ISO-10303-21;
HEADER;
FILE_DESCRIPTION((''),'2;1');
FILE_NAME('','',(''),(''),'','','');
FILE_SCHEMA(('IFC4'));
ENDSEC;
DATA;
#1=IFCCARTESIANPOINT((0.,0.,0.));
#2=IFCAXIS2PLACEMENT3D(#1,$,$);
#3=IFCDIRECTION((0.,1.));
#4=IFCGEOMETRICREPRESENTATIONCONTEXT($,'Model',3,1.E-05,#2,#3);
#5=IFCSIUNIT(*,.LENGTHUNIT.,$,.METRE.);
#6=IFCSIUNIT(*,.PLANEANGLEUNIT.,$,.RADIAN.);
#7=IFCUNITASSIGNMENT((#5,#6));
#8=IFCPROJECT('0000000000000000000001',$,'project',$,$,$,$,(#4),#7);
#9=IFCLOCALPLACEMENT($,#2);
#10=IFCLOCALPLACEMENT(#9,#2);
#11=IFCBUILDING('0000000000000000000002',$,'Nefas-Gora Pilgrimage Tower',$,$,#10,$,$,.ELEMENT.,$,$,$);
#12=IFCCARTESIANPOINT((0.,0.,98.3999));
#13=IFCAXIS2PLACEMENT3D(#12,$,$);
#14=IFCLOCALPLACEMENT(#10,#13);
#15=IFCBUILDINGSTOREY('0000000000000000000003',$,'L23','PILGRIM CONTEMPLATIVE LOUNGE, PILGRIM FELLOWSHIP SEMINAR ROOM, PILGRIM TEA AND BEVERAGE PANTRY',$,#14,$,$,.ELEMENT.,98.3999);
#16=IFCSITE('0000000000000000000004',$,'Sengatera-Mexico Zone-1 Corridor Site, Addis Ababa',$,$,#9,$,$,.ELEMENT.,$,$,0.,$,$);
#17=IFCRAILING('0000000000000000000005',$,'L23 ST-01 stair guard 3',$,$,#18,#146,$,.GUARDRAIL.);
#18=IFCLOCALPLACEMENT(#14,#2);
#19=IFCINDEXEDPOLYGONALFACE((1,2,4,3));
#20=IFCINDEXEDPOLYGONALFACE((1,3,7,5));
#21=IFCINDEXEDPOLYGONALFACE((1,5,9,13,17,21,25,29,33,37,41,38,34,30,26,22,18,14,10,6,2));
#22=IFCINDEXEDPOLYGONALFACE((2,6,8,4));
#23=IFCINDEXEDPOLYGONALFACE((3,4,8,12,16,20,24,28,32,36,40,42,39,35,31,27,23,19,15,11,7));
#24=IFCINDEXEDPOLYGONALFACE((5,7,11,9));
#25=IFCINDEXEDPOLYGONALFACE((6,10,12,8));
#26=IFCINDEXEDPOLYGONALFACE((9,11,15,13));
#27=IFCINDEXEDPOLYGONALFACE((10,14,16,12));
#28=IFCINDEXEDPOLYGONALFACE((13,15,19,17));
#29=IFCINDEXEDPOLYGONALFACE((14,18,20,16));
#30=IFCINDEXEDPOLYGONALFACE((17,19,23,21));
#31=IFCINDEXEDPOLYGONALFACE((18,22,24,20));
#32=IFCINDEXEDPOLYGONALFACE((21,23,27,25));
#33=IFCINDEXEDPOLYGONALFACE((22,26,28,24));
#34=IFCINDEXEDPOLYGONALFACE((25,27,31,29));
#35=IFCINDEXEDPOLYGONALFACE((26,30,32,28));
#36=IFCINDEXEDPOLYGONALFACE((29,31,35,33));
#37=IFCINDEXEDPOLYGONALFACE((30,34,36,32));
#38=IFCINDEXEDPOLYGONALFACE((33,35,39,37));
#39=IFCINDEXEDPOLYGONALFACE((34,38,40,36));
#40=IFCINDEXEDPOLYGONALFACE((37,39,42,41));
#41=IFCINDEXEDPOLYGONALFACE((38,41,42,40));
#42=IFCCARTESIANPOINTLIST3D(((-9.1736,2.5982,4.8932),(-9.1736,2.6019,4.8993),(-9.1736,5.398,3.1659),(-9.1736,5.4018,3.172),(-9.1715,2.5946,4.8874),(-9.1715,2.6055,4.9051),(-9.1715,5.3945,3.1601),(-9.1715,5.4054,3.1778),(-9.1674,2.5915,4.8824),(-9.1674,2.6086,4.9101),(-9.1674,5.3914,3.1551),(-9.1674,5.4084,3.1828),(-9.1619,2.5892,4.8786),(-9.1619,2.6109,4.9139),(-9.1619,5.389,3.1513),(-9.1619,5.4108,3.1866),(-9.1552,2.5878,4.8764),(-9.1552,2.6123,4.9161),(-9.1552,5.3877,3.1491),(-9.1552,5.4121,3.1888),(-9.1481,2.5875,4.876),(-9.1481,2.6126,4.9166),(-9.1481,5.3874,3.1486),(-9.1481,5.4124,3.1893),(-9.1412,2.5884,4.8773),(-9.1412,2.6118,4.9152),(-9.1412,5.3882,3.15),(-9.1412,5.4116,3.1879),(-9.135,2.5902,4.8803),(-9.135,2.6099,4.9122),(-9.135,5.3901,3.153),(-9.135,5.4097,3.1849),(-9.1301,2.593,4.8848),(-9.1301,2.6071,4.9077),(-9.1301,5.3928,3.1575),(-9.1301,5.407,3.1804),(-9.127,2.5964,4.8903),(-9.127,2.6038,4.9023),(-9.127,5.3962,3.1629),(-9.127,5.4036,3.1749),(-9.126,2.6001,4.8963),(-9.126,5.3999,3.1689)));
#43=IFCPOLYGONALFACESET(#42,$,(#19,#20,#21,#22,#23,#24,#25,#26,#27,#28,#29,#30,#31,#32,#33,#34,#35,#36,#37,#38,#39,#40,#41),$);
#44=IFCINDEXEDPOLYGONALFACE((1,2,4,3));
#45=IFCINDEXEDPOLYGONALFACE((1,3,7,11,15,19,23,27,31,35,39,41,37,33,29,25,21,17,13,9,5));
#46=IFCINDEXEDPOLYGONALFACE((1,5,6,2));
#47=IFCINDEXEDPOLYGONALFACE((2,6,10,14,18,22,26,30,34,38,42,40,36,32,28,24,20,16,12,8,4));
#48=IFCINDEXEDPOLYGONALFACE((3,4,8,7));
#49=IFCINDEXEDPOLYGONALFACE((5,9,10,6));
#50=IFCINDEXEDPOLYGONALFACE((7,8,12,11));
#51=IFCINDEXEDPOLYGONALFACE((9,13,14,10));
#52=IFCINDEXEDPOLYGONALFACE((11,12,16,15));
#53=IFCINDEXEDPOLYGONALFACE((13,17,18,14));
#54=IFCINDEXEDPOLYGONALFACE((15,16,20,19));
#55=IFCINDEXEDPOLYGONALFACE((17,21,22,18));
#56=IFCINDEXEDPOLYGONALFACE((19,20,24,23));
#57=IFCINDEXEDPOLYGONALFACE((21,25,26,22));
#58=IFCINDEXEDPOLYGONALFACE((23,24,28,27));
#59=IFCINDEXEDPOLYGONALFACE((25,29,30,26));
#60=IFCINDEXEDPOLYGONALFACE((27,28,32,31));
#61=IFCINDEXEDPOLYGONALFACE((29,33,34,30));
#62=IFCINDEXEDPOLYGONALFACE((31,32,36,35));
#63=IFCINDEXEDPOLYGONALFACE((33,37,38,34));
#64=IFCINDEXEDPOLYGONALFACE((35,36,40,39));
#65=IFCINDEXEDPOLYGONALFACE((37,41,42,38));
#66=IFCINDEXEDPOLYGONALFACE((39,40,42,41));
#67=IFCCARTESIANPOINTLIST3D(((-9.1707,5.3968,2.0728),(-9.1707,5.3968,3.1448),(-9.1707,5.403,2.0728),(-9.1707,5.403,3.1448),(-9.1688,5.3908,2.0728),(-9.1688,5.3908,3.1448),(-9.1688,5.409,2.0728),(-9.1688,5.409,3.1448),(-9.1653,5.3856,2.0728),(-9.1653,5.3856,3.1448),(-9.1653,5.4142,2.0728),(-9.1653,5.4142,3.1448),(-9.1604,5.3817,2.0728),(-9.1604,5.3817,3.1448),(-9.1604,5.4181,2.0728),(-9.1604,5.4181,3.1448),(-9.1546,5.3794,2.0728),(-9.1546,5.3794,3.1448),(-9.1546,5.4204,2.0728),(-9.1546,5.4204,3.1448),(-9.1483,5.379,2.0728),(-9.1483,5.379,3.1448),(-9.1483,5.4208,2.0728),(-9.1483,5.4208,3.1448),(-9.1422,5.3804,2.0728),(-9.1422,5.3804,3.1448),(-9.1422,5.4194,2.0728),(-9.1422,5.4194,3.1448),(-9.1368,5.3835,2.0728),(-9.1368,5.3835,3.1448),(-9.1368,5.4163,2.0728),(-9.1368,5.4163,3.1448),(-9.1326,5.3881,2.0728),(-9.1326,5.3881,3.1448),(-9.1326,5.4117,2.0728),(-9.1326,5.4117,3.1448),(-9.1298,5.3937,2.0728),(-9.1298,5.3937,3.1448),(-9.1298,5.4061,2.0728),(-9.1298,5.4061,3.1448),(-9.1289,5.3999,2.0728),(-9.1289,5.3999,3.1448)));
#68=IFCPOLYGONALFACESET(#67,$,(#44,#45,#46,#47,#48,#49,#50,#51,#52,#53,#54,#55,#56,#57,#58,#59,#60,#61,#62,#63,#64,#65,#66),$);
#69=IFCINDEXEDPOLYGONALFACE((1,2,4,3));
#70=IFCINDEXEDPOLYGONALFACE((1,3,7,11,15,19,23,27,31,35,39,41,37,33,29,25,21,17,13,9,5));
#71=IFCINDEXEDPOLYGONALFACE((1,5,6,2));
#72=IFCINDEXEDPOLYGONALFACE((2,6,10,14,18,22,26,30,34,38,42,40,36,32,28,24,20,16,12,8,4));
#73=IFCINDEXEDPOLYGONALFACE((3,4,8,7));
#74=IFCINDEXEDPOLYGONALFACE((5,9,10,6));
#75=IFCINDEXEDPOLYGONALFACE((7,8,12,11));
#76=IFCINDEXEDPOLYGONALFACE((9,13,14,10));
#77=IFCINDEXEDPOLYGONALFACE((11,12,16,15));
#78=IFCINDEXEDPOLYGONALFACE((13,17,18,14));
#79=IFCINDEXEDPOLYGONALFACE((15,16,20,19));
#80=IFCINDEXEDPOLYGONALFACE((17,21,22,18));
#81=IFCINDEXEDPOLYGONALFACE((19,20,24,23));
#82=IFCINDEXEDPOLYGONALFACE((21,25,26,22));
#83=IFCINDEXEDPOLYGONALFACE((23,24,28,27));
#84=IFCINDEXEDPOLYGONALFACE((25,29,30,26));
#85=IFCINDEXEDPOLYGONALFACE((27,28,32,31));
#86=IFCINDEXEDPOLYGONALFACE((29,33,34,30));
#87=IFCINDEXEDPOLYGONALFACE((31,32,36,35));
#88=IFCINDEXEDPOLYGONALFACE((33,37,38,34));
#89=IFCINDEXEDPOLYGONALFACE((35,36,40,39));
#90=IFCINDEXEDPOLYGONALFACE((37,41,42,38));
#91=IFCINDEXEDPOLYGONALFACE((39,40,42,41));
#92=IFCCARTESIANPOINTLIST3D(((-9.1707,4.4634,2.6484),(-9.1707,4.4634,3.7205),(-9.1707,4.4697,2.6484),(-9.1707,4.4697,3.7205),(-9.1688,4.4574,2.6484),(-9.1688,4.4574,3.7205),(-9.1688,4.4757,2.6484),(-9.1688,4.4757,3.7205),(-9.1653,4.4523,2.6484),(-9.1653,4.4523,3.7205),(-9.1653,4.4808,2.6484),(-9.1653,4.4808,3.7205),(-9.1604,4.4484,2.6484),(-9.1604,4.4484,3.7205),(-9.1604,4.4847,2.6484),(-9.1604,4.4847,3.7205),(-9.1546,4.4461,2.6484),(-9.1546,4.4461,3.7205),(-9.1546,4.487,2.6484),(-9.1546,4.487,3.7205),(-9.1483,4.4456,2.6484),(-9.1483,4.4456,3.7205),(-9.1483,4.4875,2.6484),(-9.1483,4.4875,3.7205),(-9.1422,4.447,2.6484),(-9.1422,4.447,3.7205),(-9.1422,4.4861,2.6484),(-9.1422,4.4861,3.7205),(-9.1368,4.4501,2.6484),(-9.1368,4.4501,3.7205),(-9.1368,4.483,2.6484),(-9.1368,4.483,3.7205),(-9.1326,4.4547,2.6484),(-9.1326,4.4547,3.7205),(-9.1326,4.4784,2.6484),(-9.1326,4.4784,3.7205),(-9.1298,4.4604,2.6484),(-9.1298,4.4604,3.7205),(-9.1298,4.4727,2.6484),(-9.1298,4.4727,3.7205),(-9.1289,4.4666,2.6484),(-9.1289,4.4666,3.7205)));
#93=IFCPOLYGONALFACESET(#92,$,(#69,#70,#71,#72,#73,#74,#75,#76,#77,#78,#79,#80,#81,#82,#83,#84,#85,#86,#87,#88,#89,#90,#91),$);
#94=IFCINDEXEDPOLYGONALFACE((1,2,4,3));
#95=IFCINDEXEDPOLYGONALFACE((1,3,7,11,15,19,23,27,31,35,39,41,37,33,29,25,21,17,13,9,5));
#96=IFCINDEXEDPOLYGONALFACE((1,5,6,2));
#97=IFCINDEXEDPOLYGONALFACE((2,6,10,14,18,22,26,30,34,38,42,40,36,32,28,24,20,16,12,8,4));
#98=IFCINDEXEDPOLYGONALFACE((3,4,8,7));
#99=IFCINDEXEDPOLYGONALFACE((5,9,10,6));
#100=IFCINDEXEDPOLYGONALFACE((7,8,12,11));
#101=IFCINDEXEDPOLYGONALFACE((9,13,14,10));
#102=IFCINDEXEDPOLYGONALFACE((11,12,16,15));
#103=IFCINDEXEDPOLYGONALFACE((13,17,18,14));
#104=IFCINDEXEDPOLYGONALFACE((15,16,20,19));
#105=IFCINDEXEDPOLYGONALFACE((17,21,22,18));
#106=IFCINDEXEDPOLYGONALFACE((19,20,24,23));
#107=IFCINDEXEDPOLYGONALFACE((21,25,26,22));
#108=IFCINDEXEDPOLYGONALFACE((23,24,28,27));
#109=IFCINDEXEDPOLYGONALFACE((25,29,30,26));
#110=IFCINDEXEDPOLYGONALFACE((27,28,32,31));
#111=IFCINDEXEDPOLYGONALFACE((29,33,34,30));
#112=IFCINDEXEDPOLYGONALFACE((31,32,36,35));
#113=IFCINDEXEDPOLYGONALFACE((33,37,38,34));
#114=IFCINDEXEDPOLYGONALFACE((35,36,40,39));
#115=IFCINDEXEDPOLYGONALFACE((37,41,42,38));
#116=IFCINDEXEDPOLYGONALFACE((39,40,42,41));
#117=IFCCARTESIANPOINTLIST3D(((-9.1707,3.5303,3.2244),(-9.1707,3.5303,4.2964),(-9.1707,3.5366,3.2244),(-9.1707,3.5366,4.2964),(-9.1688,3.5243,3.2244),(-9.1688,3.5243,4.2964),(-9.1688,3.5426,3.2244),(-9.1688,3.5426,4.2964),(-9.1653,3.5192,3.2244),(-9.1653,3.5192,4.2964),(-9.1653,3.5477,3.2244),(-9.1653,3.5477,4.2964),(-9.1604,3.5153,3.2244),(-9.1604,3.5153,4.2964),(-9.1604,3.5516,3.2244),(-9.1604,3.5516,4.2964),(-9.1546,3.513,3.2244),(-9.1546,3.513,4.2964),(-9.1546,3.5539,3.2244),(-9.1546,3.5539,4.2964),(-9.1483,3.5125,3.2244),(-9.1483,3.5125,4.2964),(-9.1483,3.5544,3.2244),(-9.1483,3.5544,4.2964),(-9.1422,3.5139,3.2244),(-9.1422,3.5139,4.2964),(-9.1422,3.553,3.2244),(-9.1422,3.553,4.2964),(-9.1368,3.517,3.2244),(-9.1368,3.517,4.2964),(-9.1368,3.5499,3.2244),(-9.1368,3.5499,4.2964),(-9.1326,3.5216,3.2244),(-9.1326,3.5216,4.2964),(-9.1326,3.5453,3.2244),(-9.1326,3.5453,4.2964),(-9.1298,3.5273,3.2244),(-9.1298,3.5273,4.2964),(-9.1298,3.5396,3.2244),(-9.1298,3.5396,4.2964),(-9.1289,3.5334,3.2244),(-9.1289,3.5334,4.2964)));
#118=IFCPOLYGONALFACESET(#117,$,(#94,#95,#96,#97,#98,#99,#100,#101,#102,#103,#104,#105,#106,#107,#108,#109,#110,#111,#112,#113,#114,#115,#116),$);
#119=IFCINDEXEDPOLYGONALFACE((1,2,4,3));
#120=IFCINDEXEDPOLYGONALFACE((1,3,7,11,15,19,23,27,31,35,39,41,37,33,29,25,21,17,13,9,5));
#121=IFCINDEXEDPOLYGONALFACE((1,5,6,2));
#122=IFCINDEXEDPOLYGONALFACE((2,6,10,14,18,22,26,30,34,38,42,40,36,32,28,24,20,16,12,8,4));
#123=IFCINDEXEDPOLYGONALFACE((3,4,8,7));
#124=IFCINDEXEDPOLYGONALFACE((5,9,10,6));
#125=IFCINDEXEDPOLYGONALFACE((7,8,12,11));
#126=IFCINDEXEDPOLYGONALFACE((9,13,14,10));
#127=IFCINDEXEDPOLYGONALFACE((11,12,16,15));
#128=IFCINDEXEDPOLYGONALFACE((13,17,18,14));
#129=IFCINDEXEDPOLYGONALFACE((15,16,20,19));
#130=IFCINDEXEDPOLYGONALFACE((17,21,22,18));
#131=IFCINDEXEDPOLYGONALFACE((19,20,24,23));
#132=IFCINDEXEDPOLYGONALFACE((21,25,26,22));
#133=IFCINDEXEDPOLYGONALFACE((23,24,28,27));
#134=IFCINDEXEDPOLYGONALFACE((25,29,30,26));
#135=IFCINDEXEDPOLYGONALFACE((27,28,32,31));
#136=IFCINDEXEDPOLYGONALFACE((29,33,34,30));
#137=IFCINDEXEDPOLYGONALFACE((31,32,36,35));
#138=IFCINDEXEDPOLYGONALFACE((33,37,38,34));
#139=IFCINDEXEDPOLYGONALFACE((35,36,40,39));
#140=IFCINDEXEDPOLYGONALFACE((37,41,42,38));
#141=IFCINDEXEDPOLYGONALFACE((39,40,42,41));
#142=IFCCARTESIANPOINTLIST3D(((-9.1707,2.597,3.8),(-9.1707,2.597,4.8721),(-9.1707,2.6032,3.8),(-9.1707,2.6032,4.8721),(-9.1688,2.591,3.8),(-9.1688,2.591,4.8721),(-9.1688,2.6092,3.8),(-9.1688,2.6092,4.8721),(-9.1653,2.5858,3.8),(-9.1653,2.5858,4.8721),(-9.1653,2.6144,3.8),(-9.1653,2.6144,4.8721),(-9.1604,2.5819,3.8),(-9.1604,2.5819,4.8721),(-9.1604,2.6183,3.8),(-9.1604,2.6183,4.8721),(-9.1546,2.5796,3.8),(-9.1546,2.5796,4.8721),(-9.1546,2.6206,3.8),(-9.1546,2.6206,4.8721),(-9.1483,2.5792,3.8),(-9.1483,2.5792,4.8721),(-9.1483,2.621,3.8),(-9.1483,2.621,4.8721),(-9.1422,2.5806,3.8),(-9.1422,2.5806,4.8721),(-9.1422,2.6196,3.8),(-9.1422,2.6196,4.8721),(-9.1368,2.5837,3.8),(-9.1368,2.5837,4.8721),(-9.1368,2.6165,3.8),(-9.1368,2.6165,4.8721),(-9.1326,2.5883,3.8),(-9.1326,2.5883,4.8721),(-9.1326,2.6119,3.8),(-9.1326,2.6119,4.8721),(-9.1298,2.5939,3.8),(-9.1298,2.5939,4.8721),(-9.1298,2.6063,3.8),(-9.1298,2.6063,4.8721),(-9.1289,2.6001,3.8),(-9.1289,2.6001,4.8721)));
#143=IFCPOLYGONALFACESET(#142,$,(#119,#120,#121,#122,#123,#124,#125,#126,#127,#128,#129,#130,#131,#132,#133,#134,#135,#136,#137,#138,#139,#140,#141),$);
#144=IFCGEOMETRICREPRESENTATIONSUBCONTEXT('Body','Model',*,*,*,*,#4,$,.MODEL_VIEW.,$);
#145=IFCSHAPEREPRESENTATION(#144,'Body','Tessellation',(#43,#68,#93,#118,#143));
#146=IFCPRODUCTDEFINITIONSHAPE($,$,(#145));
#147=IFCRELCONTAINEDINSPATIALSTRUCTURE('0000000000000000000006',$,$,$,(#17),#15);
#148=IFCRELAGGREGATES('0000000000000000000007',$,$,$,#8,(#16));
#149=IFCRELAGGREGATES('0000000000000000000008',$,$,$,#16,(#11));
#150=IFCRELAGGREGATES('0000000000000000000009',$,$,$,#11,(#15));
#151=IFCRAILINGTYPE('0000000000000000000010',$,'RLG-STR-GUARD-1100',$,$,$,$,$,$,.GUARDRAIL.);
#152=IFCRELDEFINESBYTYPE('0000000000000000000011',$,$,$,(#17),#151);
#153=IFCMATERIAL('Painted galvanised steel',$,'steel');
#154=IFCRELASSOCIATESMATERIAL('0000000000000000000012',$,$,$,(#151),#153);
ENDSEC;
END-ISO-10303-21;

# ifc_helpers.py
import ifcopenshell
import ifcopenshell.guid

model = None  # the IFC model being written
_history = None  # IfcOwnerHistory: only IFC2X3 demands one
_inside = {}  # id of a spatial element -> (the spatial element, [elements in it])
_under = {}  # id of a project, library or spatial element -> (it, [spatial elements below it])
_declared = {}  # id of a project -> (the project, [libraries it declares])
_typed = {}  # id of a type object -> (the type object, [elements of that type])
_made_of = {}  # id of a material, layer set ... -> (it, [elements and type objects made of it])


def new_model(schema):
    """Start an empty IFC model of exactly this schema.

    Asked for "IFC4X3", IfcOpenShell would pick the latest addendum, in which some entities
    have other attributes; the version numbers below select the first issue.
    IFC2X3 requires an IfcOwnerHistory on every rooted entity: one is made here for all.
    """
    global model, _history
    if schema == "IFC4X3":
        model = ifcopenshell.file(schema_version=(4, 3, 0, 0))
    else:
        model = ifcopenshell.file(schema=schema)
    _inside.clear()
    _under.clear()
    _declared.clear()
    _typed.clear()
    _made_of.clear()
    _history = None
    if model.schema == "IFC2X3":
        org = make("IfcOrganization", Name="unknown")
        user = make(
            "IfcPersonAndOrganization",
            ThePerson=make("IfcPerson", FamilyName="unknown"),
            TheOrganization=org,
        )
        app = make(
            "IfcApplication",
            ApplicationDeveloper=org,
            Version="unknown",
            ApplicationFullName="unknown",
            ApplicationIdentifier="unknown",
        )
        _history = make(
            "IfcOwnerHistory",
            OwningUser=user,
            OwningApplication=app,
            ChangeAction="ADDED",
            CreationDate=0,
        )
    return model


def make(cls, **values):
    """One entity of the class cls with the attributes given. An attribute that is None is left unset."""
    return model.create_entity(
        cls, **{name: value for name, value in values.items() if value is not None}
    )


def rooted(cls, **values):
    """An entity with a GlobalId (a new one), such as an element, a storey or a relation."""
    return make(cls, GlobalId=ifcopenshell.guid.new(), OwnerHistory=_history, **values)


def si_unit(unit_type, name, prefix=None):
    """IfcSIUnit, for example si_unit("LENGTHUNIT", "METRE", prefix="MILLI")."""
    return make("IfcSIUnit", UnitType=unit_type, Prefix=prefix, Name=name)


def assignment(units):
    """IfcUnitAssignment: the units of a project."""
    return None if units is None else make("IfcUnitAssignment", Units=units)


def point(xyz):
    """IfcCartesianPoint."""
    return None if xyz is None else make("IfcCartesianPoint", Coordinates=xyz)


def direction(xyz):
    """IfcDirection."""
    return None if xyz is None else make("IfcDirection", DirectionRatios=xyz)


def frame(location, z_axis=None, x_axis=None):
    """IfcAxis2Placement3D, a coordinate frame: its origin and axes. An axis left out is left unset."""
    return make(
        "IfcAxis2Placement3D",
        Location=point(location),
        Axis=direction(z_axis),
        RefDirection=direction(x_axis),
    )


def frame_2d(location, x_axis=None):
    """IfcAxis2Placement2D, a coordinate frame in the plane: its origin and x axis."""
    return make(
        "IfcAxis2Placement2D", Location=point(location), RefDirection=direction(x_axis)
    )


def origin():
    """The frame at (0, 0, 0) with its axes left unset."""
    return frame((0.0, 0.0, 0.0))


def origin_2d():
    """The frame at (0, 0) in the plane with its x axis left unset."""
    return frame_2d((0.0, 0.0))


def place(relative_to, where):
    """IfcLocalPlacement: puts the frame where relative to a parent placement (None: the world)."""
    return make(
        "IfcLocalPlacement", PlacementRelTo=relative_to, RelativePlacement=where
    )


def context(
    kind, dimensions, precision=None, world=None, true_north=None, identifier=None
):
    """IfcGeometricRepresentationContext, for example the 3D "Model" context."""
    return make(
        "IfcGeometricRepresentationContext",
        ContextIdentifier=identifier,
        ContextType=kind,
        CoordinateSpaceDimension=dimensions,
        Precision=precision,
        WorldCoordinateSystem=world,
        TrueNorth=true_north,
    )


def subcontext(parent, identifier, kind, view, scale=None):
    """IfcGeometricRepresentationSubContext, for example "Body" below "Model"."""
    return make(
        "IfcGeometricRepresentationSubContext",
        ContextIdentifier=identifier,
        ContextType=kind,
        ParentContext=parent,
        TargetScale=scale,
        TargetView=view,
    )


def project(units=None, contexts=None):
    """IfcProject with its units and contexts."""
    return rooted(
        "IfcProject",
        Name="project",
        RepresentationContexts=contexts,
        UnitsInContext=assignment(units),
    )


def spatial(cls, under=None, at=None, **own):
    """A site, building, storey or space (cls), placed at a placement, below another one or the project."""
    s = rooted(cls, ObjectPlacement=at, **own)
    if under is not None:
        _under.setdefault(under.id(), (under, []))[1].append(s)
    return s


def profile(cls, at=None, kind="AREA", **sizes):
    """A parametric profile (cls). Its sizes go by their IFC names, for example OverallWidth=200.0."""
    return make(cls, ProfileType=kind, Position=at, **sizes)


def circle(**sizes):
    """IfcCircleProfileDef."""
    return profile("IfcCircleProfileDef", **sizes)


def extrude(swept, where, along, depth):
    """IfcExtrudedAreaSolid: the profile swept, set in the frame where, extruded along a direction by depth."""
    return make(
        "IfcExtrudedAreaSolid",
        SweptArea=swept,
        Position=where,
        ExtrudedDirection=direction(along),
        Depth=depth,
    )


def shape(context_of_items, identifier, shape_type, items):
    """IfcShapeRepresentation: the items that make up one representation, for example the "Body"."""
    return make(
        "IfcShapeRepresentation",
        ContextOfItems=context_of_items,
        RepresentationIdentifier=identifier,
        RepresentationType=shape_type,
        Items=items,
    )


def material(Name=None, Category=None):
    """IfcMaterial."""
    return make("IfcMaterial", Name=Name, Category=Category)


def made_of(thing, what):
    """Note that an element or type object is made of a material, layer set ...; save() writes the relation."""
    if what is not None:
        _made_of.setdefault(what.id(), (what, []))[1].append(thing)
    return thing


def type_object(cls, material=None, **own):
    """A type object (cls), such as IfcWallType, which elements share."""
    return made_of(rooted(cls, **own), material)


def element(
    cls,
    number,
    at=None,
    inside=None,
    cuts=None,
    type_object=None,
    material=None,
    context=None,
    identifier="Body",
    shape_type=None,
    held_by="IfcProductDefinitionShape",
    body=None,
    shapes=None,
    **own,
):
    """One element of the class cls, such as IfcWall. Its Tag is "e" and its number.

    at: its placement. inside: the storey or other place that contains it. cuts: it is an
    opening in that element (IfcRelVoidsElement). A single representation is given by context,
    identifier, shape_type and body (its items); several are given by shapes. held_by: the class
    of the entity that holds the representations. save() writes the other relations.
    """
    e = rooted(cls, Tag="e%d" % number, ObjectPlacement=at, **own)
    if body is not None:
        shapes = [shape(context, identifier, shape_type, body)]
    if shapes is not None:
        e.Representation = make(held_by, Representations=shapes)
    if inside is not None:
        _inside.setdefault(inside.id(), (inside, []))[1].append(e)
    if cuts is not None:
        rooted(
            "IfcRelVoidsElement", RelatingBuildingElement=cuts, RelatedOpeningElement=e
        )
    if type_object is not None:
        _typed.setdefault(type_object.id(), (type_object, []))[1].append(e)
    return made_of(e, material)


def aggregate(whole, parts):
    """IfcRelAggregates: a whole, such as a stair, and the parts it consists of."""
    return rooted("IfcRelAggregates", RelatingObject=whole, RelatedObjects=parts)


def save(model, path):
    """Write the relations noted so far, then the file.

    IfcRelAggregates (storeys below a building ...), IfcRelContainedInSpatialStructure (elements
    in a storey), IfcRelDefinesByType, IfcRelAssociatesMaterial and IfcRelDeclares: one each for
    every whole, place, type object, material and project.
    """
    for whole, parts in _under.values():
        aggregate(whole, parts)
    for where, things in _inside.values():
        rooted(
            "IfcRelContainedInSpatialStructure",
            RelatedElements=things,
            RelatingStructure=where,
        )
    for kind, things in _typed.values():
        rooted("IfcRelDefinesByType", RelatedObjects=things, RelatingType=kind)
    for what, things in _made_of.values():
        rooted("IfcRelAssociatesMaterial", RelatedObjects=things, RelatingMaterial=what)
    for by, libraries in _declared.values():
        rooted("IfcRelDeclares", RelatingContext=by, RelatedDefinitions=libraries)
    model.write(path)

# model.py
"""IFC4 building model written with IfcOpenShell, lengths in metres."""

from ifc_helpers import new_model, si_unit, direction, frame, origin, origin_2d, place, context, subcontext, project, spatial, circle, extrude, material, type_object, element, save


model = new_model("IFC4")

# Units and contexts
model_context = context("Model", 3, precision=1e-05, world=origin(), true_north=direction((0.0, 1.0)))
body_context = subcontext(model_context, "Body", "Model", "MODEL_VIEW")
ifc_project = project(units=[si_unit("LENGTHUNIT", "METRE"), si_unit("PLANEANGLEUNIT", "RADIAN")], contexts=[model_context])

# Site, building, storey
site_placement = place(None, origin())
site = spatial("IfcSite", under=ifc_project, at=site_placement, Name="Sengatera-Mexico Zone-1 Corridor Site, Addis Ababa", CompositionType="ELEMENT", RefElevation=0.0)
building_placement = place(site_placement, origin())
building = spatial("IfcBuilding", under=site, at=building_placement, Name="Nefas-Gora Pilgrimage Tower", CompositionType="ELEMENT")
storey_placement = place(building_placement, frame((0.0, 0.0, 98.3999)))
storey = spatial("IfcBuildingStorey", under=building, at=storey_placement, Name="L23", Description="PILGRIM CONTEMPLATIVE LOUNGE, PILGRIM FELLOWSHIP SEMINAR ROOM, PILGRIM TEA AND BEVERAGE PANTRY", CompositionType="ELEMENT", Elevation=98.3999)

# Railing
ifc_material_1 = material(Name="Painted galvanised steel", Category="steel")
railing_type_1 = type_object("IfcRailingType", Name="RLG-STR-GUARD-1100", PredefinedType="GUARDRAIL", material=ifc_material_1)
railing_1_placement = place(storey_placement, frame((-9.1499, 5.3999, 2.0728)))
element("IfcRailing", 1, at=railing_1_placement, inside=storey, type_object=railing_type_1, Name="L23 ST-01 stair guard 3", PredefinedType="GUARDRAIL", context=body_context, shape_type="SweptSolid", body=[
    extrude(circle(Radius=0.0239, at=origin_2d()), frame((0.0, 0.0, 1.0962), z_axis=(0.0, -0.851069, 0.525054), x_axis=(1.0, 0.0, 0.0)), (0.0, 0.0, 1.0), 3.2898),
    extrude(circle(Radius=0.021, at=origin_2d()), origin(), (0.0, 0.0, 1.0), 1.072),
    extrude(circle(Radius=0.021, at=origin_2d()), frame((0.0, -0.9333, 0.5757)), (0.0, 0.0, 1.0), 1.072),
    extrude(circle(Radius=0.021, at=origin_2d()), frame((0.0, -1.8665, 1.1516)), (0.0, 0.0, 1.0), 1.072),
    extrude(circle(Radius=0.021, at=origin_2d()), frame((0.0, -2.7998, 1.7273)), (0.0, 0.0, 1.0), 1.072),
])

save(model, "model.ifc")
